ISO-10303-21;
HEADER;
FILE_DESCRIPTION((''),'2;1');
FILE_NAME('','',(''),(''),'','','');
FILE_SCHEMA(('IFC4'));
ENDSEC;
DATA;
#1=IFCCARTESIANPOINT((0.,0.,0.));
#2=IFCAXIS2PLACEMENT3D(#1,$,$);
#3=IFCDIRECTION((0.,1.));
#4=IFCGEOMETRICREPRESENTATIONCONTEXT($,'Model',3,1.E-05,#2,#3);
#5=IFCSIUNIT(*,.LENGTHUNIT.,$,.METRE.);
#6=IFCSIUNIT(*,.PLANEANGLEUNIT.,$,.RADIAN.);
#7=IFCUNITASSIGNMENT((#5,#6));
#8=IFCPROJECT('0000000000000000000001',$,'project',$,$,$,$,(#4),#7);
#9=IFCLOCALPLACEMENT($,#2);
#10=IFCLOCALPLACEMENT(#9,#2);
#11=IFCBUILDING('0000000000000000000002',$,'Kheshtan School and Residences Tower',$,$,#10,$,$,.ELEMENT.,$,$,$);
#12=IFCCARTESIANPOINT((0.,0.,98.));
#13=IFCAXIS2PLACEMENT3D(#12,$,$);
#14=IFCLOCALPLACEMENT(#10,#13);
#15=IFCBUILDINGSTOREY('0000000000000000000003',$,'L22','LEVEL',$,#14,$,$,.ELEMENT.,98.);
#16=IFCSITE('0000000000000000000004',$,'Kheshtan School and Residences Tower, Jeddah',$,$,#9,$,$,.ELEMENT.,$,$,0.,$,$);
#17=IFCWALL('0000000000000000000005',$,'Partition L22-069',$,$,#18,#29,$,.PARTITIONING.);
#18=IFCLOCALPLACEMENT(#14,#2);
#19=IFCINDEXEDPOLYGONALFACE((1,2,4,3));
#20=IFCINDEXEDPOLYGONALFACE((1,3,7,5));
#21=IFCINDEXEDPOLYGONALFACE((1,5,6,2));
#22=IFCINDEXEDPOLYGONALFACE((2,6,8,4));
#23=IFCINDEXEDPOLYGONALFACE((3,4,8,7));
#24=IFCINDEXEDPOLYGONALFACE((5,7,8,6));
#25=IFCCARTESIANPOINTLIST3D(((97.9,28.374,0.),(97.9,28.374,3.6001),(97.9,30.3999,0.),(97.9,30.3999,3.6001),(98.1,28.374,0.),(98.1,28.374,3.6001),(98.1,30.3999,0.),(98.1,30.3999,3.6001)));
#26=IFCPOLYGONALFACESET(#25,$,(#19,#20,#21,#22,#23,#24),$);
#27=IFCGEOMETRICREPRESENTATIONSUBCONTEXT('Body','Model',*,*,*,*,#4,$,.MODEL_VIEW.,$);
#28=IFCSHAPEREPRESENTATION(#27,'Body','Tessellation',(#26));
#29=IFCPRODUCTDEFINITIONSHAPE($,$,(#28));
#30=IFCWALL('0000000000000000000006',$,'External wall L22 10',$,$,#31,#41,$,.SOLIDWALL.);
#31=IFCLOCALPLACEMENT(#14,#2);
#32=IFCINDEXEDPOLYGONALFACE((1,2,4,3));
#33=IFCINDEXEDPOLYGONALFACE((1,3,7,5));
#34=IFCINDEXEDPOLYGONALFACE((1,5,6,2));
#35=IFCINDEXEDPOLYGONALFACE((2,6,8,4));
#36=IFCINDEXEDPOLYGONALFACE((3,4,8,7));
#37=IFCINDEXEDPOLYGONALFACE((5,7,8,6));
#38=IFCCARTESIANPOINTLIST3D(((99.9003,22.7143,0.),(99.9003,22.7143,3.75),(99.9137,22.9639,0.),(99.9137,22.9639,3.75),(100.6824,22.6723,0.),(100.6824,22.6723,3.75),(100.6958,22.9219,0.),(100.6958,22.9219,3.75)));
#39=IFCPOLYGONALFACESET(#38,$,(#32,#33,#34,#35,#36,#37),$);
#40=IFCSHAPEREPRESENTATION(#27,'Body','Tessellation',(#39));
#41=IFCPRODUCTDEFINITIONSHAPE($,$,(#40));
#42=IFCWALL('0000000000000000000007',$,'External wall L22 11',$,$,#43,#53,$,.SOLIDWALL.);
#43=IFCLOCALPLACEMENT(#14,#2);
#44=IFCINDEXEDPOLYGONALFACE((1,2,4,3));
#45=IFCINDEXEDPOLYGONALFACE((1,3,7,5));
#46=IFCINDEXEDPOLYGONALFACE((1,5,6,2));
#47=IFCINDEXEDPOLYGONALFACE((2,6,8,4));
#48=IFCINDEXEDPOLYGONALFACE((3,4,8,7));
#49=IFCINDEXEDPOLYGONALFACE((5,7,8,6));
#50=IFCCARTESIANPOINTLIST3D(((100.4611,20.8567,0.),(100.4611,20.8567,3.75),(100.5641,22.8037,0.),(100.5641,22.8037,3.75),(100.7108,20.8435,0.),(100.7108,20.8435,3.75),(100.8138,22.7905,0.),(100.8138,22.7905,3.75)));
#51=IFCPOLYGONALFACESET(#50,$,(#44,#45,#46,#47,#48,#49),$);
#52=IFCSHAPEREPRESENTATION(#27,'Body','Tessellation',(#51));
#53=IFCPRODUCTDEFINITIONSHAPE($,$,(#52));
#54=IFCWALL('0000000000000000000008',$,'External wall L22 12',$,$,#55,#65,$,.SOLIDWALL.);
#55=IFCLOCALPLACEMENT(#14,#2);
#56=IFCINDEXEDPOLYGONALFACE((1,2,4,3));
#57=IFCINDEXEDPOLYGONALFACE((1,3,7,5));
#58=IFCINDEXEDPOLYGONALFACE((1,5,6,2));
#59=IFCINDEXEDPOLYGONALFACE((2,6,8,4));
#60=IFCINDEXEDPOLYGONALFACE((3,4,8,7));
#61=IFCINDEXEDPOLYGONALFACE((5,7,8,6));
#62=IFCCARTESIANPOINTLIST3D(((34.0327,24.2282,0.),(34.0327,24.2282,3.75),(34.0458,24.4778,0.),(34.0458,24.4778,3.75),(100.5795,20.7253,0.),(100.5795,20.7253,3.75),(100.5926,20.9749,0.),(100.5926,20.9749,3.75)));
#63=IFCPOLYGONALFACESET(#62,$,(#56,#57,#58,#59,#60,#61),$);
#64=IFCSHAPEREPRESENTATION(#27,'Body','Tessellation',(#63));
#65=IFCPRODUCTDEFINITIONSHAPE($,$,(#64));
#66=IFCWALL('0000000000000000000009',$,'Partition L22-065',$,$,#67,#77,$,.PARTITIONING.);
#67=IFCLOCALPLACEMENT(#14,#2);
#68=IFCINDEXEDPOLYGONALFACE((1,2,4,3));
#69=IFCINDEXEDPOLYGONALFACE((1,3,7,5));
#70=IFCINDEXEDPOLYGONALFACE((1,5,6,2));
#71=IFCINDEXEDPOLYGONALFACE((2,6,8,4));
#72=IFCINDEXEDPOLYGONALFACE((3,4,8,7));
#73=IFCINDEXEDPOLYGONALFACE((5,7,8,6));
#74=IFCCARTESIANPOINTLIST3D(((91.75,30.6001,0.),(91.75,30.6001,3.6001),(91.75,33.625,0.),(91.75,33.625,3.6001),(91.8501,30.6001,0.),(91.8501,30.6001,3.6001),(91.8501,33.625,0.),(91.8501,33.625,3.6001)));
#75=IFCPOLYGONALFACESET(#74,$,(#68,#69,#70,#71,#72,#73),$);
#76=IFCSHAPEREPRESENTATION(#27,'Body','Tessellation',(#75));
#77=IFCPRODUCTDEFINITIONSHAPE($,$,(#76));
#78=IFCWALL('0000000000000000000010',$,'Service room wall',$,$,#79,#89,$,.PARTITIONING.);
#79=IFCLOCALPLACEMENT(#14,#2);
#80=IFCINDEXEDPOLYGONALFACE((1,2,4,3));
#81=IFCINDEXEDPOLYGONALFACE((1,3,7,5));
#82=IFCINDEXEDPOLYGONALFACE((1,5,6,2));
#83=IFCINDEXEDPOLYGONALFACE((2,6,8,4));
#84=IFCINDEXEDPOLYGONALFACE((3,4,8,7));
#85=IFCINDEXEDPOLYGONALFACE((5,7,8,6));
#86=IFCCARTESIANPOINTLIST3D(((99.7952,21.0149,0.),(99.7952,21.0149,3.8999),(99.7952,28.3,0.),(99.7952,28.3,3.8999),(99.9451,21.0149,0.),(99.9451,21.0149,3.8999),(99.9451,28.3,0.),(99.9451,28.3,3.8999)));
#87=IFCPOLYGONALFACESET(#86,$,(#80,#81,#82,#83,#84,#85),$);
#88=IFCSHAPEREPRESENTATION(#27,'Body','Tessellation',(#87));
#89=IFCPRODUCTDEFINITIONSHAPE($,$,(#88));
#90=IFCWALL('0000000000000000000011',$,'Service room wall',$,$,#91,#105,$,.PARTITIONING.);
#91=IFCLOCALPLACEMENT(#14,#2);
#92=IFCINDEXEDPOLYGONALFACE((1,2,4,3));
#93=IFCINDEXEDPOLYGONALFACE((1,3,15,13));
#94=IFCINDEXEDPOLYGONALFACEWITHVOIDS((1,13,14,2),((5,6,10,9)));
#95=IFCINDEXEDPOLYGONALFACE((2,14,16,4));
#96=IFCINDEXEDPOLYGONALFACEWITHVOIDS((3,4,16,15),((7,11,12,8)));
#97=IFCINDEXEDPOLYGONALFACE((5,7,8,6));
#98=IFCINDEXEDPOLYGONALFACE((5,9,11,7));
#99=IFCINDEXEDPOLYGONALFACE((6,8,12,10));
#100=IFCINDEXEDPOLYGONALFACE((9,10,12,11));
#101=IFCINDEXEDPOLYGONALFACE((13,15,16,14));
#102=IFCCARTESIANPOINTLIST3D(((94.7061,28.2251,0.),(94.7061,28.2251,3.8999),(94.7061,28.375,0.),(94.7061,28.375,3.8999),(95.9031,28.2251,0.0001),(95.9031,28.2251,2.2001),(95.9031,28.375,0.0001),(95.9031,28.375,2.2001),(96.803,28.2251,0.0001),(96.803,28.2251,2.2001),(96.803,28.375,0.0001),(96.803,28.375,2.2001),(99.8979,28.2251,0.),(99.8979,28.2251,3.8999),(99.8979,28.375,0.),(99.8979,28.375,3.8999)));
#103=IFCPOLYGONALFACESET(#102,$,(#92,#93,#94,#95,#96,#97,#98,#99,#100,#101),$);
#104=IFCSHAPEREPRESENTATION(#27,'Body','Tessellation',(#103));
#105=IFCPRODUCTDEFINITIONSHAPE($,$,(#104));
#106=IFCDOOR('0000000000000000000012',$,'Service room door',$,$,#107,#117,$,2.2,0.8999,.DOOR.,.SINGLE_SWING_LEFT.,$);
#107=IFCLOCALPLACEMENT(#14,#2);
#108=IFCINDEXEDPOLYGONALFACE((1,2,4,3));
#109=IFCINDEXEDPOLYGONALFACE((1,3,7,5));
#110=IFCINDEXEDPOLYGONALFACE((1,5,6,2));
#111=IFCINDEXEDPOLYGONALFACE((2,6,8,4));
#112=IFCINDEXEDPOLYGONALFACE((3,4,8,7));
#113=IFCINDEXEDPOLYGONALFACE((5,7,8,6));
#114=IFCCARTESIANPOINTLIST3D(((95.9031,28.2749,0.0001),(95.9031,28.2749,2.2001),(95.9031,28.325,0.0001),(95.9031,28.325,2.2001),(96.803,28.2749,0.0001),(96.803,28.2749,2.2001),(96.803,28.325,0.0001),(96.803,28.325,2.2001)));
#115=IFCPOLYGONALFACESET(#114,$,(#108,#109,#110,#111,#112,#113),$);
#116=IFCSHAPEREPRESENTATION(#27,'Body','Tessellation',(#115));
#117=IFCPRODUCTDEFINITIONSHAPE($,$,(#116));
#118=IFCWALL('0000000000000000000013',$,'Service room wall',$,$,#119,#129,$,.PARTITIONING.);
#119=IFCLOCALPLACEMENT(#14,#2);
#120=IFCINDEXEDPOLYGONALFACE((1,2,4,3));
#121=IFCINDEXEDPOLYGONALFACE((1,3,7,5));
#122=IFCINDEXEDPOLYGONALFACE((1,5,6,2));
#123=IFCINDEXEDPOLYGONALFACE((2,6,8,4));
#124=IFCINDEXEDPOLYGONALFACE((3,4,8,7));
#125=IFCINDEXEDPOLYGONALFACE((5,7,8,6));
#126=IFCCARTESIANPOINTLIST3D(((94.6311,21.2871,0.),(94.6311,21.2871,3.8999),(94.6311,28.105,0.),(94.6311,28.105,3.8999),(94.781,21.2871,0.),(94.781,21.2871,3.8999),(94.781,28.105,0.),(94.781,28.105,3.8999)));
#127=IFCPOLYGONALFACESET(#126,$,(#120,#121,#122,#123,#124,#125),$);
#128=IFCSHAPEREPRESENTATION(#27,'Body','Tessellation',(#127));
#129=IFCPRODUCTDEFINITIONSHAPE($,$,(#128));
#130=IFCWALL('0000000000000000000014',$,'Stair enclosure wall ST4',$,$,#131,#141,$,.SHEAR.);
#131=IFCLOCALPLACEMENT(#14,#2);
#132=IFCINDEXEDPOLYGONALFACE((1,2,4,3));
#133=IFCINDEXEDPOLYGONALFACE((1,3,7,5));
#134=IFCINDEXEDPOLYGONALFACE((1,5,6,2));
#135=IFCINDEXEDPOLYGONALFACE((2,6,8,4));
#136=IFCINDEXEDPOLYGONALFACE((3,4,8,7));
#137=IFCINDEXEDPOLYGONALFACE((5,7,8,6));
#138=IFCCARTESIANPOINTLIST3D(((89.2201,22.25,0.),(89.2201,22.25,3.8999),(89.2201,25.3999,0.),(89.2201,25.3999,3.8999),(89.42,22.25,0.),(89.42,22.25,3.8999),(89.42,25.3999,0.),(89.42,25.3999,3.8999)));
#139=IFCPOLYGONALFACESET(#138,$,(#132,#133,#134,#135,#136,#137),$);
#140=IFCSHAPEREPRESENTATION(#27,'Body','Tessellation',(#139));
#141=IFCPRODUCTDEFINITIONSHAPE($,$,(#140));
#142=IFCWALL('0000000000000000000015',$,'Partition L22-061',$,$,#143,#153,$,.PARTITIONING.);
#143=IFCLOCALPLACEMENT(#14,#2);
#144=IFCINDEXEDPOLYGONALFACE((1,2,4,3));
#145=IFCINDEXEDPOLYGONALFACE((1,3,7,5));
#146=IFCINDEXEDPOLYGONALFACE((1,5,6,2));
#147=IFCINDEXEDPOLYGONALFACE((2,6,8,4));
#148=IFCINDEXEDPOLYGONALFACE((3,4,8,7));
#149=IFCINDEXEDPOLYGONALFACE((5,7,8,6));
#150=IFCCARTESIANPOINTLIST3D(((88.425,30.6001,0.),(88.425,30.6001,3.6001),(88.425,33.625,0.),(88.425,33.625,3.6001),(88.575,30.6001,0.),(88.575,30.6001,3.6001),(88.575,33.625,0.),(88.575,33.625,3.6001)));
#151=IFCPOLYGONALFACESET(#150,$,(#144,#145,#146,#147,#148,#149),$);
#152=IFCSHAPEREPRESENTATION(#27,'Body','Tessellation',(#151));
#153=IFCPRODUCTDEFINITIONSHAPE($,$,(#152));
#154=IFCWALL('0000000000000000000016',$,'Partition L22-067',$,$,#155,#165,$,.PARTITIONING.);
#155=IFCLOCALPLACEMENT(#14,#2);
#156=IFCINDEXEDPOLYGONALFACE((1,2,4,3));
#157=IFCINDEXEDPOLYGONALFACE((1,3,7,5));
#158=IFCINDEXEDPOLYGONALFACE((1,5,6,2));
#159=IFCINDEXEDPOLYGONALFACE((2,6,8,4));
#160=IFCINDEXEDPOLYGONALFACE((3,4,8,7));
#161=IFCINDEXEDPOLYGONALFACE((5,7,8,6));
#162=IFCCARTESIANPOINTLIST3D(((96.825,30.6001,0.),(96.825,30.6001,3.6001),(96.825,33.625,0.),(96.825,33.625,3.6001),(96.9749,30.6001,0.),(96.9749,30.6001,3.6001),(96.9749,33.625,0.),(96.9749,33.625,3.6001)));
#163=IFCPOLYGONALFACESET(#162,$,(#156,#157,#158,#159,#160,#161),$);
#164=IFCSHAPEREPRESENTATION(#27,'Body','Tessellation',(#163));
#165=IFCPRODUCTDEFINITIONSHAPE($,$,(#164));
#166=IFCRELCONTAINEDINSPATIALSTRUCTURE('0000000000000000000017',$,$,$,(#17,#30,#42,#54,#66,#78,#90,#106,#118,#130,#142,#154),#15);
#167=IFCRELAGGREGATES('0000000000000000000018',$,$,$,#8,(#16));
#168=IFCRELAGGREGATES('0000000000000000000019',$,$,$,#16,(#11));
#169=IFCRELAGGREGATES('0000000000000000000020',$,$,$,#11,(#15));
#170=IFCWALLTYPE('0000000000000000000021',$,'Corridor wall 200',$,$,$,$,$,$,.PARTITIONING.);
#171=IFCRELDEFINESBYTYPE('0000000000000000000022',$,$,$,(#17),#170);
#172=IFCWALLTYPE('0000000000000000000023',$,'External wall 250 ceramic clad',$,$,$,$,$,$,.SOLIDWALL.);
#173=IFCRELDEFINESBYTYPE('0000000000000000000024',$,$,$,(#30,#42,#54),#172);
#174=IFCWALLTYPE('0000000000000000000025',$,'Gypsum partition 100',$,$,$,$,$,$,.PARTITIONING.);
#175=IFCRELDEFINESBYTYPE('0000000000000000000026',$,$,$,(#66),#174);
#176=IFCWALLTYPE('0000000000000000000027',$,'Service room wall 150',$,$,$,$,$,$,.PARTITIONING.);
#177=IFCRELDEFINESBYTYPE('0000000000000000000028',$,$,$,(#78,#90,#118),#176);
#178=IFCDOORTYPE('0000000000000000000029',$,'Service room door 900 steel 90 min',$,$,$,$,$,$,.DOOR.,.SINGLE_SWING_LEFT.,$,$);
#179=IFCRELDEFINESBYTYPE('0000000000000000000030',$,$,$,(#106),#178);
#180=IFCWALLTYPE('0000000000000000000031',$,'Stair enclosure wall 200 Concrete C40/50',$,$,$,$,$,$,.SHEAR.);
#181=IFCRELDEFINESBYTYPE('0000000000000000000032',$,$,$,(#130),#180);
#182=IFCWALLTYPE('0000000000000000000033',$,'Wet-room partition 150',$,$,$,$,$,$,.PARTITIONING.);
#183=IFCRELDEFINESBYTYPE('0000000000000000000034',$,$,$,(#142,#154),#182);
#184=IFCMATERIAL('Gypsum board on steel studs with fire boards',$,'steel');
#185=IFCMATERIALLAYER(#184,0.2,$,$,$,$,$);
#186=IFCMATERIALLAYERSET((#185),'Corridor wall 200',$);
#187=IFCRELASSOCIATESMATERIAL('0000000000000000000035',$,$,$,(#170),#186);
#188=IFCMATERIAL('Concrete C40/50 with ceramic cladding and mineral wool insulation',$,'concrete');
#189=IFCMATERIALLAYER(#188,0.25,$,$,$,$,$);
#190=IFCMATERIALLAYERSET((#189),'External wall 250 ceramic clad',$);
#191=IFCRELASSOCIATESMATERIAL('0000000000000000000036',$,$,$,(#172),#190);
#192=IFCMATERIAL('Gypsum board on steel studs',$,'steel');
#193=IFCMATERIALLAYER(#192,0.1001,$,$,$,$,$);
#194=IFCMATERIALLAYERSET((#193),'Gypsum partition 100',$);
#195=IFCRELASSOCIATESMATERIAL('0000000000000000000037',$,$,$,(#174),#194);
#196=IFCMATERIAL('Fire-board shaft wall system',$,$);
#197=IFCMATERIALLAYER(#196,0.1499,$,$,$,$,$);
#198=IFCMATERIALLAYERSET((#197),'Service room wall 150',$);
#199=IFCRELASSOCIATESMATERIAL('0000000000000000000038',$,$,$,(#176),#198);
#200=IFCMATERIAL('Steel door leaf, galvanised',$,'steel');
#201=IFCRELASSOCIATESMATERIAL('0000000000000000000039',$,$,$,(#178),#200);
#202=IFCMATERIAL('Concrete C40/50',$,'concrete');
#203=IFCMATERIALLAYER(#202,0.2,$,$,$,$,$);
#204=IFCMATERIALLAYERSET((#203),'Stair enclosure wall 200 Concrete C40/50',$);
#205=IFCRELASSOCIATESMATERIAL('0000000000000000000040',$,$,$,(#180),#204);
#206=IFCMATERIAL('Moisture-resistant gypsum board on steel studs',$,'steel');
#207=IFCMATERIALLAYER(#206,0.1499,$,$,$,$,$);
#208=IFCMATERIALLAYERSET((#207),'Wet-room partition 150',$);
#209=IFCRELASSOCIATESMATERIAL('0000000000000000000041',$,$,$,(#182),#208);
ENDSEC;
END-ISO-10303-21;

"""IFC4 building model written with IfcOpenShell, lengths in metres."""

from ifc_helpers import new_model, si_unit, direction, frame, frame_2d, origin, place, context, subcontext, project, spatial, rectangle, extrude, source, transform, mapped, material, layer, layer_set, type_object, element, fill, save


model = new_model("IFC4")

# Units and contexts
model_context = context("Model", 3, precision=1e-05, world=origin(), true_north=direction((0.0, 1.0)))
body_context = subcontext(model_context, "Body", "Model", "MODEL_VIEW")
ifc_project = project(units=[si_unit("LENGTHUNIT", "METRE"), si_unit("PLANEANGLEUNIT", "RADIAN")], contexts=[model_context])

# Site, building, storey
site_placement = place(None, origin())
site = spatial("IfcSite", under=ifc_project, at=site_placement, Name="Kheshtan School and Residences Tower, Jeddah", CompositionType="ELEMENT", RefElevation=0.0)
building_placement = place(site_placement, origin())
building = spatial("IfcBuilding", under=site, at=building_placement, Name="Kheshtan School and Residences Tower", CompositionType="ELEMENT")
storey_placement = place(building_placement, frame((0.0, 0.0, 98.0)))
storey = spatial("IfcBuildingStorey", under=building, at=storey_placement, Name="L22", Description="LEVEL", CompositionType="ELEMENT", Elevation=98.0)

# Walls
ifc_material_1 = material(Name="Gypsum board on steel studs with fire boards", Category="steel")
ifc_layer_1 = layer(ifc_material_1, 0.2)
ifc_layer_set_1 = layer_set([ifc_layer_1], Name="Corridor wall 200")
wall_type_1 = type_object("IfcWallType", Name="Corridor wall 200", PredefinedType="PARTITIONING", material=ifc_layer_set_1)
wall_1_placement = place(storey_placement, frame((98.0, 28.374, 0.0), z_axis=(0.0, 0.0, 1.0), x_axis=(0.0, 1.0, 0.0)))
element("IfcWall", 1, at=wall_1_placement, inside=storey, type_object=wall_type_1, Name="Partition L22-069", PredefinedType="PARTITIONING", context=body_context, shape_type="SweptSolid", body=[
    extrude(rectangle(XDim=2.0259, YDim=0.2, at=frame_2d((1.0129, 0.0))), origin(), (0.0, 0.0, 1.0), 3.6001),
])
ifc_material_2 = material(Name="Concrete C40/50 with ceramic cladding and mineral wool insulation", Category="concrete")
ifc_layer_2 = layer(ifc_material_2, 0.25)
ifc_layer_set_2 = layer_set([ifc_layer_2], Name="External wall 250 ceramic clad")
wall_type_2 = type_object("IfcWallType", Name="External wall 250 ceramic clad", PredefinedType="SOLIDWALL", material=ifc_layer_set_2)
wall_2_placement = place(storey_placement, frame((99.907, 22.8391, 0.0), z_axis=(0.0, 0.0, 1.0), x_axis=(0.998561, -0.053622, 0.0)))
element("IfcWall", 2, at=wall_2_placement, inside=storey, type_object=wall_type_2, Name="External wall L22 10", PredefinedType="SOLIDWALL", context=body_context, shape_type="SweptSolid", body=[
    extrude(rectangle(XDim=0.7832, YDim=0.25, at=frame_2d((0.3916, 0.0))), origin(), (0.0, 0.0, 1.0), 3.75),
])
wall_3_placement = place(storey_placement, frame((100.689, 22.7971, 0.0), z_axis=(0.0, 0.0, 1.0), x_axis=(-0.052841, -0.998603, 0.0)))
element("IfcWall", 3, at=wall_3_placement, inside=storey, type_object=wall_type_2, Name="External wall L22 11", PredefinedType="SOLIDWALL", context=body_context, shape_type="SweptSolid", body=[
    extrude(rectangle(XDim=1.9497, YDim=0.25, at=frame_2d((0.9749, 0.0))), origin(), (0.0, 0.0, 1.0), 3.75),
])
wall_4_placement = place(storey_placement, frame((100.5859, 20.8501, 0.0), z_axis=(0.0, 0.0, 1.0), x_axis=(-0.998617, 0.052566, 0.0)))
element("IfcWall", 4, at=wall_4_placement, inside=storey, type_object=wall_type_2, Name="External wall L22 12", PredefinedType="SOLIDWALL", context=body_context, shape_type="SweptSolid", body=[
    extrude(rectangle(XDim=66.6389, YDim=0.25, at=frame_2d((33.3193, 0.0))), origin(), (0.0, 0.0, 1.0), 3.75),
])

# Walls
ifc_material_3 = material(Name="Gypsum board on steel studs", Category="steel")
ifc_layer_3 = layer(ifc_material_3, 0.1001)
ifc_layer_set_3 = layer_set([ifc_layer_3], Name="Gypsum partition 100")
wall_type_3 = type_object("IfcWallType", Name="Gypsum partition 100", PredefinedType="PARTITIONING", material=ifc_layer_set_3)
wall_5_placement = place(storey_placement, frame((91.8, 30.6001, 0.0), z_axis=(0.0, 0.0, 1.0), x_axis=(0.0, 1.0, 0.0)))
element("IfcWall", 5, at=wall_5_placement, inside=storey, type_object=wall_type_3, Name="Partition L22-065", PredefinedType="PARTITIONING", context=body_context, shape_type="SweptSolid", body=[
    extrude(rectangle(XDim=3.0249, YDim=0.1001, at=frame_2d((1.5125, 0.0))), origin(), (0.0, 0.0, 1.0), 3.6001),
])
ifc_material_4 = material(Name="Fire-board shaft wall system")
ifc_layer_4 = layer(ifc_material_4, 0.1499)
ifc_layer_set_4 = layer_set([ifc_layer_4], Name="Service room wall 150")
wall_type_4 = type_object("IfcWallType", Name="Service room wall 150", PredefinedType="PARTITIONING", material=ifc_layer_set_4)
wall_6_placement = place(storey_placement, frame((99.8701, 21.0149, 0.0), z_axis=(0.0, 0.0, 1.0), x_axis=(0.0, 1.0, 0.0)))
element("IfcWall", 6, at=wall_6_placement, inside=storey, type_object=wall_type_4, Name="Service room wall", PredefinedType="PARTITIONING", context=body_context, shape_type="SweptSolid", body=[
    extrude(rectangle(XDim=7.2852, YDim=0.1499, at=frame_2d((3.6426, 0.0))), origin(), (0.0, 0.0, 1.0), 3.8999),
])

# Wall, opening, door
wall_7_placement = place(storey_placement, frame((94.7061, 28.3, 0.0), z_axis=(0.0, 0.0, 1.0), x_axis=(1.0, 0.0, 0.0)))
wall_7 = element("IfcWall", 7, at=wall_7_placement, inside=storey, type_object=wall_type_4, Name="Service room wall", PredefinedType="PARTITIONING", context=body_context, shape_type="SweptSolid", body=[
    extrude(rectangle(XDim=5.1919, YDim=0.1499, at=frame_2d((2.5959, 0.0))), origin(), (0.0, 0.0, 1.0), 3.8999),
])
opening_1_placement = place(wall_7_placement, frame((1.197, 0.0, 0.0)))
opening_1 = element("IfcOpeningElement", 8, at=opening_1_placement, cuts=wall_7, PredefinedType="OPENING", context=body_context, shape_type="SweptSolid", body=[
    extrude(rectangle(XDim=0.8999, YDim=2.2, at=frame_2d((0.45, 1.1001))), frame((0.0, 0.085, 0.0), z_axis=(0.0, -1.0, 0.0), x_axis=(1.0, 0.0, 0.0)), (0.0, 0.0, 1.0), 0.1699),
])
ifc_material_5 = material(Name="Steel door leaf, galvanised", Category="steel")
door_type_1 = type_object("IfcDoorType", Name="Service room door 900 steel 90 min", OperationType="SINGLE_SWING_LEFT", PredefinedType="DOOR", material=ifc_material_5)
shared_shape_1 = source(origin(), body_context, "Body", "SweptSolid", [
    extrude(rectangle(XDim=0.8999, YDim=2.2, at=frame_2d((0.45, 1.1001))), frame((0.0, 0.0249, 0.0), z_axis=(0.0, -1.0, 0.0), x_axis=(1.0, 0.0, 0.0)), (0.0, 0.0, 1.0), 0.05),
])
door_1_placement = place(opening_1_placement, origin())
door_1 = element("IfcDoor", 9, at=door_1_placement, inside=storey, type_object=door_type_1, Name="Service room door", OperationType="SINGLE_SWING_LEFT", OverallHeight=2.2, OverallWidth=0.8999, PredefinedType="DOOR", context=body_context, shape_type="MappedRepresentation", body=[
    mapped(shared_shape_1, transform((0.0, 0.0, 0.0), x_axis=(1.0, 0.0, 0.0), y_axis=(0.0, 1.0, 0.0), z_axis=(0.0, 0.0, 1.0), scale=1.0)),
])
fill(opening_1, door_1)

# Walls
wall_8_placement = place(storey_placement, frame((94.7061, 21.2871, 0.0), z_axis=(0.0, 0.0, 1.0), x_axis=(0.0, 1.0, 0.0)))
element("IfcWall", 10, at=wall_8_placement, inside=storey, type_object=wall_type_4, Name="Service room wall", PredefinedType="PARTITIONING", context=body_context, shape_type="SweptSolid", body=[
    extrude(rectangle(XDim=6.8179, YDim=0.1499, at=frame_2d((3.4089, 0.0))), origin(), (0.0, 0.0, 1.0), 3.8999),
])
ifc_material_6 = material(Name="Concrete C40/50", Category="concrete")
ifc_layer_5 = layer(ifc_material_6, 0.2)
ifc_layer_set_5 = layer_set([ifc_layer_5], Name="Stair enclosure wall 200 Concrete C40/50")
wall_type_5 = type_object("IfcWallType", Name="Stair enclosure wall 200 Concrete C40/50", PredefinedType="SHEAR", material=ifc_layer_set_5)
wall_9_placement = place(storey_placement, frame((89.3201, 22.25, 0.0), z_axis=(0.0, 0.0, 1.0), x_axis=(0.0, 1.0, 0.0)))
element("IfcWall", 11, at=wall_9_placement, inside=storey, type_object=wall_type_5, Name="Stair enclosure wall ST4", PredefinedType="SHEAR", context=body_context, shape_type="SweptSolid", body=[
    extrude(rectangle(XDim=3.1499, YDim=0.2, at=frame_2d((1.575, 0.0))), origin(), (0.0, 0.0, 1.0), 3.8999),
])
ifc_material_7 = material(Name="Moisture-resistant gypsum board on steel studs", Category="steel")
ifc_layer_6 = layer(ifc_material_7, 0.1499)
ifc_layer_set_6 = layer_set([ifc_layer_6], Name="Wet-room partition 150")
wall_type_6 = type_object("IfcWallType", Name="Wet-room partition 150", PredefinedType="PARTITIONING", material=ifc_layer_set_6)
for number, where, z_axis, x_axis, name in (
    (12, (88.5, 30.6001, 0.0), (0.0, 0.0, 1.0), (0.0, 1.0, 0.0), "Partition L22-061"),
    (13, (96.8999, 30.6001, 0.0), (0.0, 0.0, 1.0), (0.0, 1.0, 0.0), "Partition L22-067"),
):
    element("IfcWall", number, at=place(storey_placement, frame(where, z_axis=z_axis, x_axis=x_axis)), inside=storey, type_object=wall_type_6, Name=name, PredefinedType="PARTITIONING", context=body_context, shape_type="SweptSolid", body=[
        extrude(rectangle(XDim=3.0249, YDim=0.1499, at=frame_2d((1.5125, 0.0))), origin(), (0.0, 0.0, 1.0), 3.6001),
    ])

save(model, "model.ifc")
